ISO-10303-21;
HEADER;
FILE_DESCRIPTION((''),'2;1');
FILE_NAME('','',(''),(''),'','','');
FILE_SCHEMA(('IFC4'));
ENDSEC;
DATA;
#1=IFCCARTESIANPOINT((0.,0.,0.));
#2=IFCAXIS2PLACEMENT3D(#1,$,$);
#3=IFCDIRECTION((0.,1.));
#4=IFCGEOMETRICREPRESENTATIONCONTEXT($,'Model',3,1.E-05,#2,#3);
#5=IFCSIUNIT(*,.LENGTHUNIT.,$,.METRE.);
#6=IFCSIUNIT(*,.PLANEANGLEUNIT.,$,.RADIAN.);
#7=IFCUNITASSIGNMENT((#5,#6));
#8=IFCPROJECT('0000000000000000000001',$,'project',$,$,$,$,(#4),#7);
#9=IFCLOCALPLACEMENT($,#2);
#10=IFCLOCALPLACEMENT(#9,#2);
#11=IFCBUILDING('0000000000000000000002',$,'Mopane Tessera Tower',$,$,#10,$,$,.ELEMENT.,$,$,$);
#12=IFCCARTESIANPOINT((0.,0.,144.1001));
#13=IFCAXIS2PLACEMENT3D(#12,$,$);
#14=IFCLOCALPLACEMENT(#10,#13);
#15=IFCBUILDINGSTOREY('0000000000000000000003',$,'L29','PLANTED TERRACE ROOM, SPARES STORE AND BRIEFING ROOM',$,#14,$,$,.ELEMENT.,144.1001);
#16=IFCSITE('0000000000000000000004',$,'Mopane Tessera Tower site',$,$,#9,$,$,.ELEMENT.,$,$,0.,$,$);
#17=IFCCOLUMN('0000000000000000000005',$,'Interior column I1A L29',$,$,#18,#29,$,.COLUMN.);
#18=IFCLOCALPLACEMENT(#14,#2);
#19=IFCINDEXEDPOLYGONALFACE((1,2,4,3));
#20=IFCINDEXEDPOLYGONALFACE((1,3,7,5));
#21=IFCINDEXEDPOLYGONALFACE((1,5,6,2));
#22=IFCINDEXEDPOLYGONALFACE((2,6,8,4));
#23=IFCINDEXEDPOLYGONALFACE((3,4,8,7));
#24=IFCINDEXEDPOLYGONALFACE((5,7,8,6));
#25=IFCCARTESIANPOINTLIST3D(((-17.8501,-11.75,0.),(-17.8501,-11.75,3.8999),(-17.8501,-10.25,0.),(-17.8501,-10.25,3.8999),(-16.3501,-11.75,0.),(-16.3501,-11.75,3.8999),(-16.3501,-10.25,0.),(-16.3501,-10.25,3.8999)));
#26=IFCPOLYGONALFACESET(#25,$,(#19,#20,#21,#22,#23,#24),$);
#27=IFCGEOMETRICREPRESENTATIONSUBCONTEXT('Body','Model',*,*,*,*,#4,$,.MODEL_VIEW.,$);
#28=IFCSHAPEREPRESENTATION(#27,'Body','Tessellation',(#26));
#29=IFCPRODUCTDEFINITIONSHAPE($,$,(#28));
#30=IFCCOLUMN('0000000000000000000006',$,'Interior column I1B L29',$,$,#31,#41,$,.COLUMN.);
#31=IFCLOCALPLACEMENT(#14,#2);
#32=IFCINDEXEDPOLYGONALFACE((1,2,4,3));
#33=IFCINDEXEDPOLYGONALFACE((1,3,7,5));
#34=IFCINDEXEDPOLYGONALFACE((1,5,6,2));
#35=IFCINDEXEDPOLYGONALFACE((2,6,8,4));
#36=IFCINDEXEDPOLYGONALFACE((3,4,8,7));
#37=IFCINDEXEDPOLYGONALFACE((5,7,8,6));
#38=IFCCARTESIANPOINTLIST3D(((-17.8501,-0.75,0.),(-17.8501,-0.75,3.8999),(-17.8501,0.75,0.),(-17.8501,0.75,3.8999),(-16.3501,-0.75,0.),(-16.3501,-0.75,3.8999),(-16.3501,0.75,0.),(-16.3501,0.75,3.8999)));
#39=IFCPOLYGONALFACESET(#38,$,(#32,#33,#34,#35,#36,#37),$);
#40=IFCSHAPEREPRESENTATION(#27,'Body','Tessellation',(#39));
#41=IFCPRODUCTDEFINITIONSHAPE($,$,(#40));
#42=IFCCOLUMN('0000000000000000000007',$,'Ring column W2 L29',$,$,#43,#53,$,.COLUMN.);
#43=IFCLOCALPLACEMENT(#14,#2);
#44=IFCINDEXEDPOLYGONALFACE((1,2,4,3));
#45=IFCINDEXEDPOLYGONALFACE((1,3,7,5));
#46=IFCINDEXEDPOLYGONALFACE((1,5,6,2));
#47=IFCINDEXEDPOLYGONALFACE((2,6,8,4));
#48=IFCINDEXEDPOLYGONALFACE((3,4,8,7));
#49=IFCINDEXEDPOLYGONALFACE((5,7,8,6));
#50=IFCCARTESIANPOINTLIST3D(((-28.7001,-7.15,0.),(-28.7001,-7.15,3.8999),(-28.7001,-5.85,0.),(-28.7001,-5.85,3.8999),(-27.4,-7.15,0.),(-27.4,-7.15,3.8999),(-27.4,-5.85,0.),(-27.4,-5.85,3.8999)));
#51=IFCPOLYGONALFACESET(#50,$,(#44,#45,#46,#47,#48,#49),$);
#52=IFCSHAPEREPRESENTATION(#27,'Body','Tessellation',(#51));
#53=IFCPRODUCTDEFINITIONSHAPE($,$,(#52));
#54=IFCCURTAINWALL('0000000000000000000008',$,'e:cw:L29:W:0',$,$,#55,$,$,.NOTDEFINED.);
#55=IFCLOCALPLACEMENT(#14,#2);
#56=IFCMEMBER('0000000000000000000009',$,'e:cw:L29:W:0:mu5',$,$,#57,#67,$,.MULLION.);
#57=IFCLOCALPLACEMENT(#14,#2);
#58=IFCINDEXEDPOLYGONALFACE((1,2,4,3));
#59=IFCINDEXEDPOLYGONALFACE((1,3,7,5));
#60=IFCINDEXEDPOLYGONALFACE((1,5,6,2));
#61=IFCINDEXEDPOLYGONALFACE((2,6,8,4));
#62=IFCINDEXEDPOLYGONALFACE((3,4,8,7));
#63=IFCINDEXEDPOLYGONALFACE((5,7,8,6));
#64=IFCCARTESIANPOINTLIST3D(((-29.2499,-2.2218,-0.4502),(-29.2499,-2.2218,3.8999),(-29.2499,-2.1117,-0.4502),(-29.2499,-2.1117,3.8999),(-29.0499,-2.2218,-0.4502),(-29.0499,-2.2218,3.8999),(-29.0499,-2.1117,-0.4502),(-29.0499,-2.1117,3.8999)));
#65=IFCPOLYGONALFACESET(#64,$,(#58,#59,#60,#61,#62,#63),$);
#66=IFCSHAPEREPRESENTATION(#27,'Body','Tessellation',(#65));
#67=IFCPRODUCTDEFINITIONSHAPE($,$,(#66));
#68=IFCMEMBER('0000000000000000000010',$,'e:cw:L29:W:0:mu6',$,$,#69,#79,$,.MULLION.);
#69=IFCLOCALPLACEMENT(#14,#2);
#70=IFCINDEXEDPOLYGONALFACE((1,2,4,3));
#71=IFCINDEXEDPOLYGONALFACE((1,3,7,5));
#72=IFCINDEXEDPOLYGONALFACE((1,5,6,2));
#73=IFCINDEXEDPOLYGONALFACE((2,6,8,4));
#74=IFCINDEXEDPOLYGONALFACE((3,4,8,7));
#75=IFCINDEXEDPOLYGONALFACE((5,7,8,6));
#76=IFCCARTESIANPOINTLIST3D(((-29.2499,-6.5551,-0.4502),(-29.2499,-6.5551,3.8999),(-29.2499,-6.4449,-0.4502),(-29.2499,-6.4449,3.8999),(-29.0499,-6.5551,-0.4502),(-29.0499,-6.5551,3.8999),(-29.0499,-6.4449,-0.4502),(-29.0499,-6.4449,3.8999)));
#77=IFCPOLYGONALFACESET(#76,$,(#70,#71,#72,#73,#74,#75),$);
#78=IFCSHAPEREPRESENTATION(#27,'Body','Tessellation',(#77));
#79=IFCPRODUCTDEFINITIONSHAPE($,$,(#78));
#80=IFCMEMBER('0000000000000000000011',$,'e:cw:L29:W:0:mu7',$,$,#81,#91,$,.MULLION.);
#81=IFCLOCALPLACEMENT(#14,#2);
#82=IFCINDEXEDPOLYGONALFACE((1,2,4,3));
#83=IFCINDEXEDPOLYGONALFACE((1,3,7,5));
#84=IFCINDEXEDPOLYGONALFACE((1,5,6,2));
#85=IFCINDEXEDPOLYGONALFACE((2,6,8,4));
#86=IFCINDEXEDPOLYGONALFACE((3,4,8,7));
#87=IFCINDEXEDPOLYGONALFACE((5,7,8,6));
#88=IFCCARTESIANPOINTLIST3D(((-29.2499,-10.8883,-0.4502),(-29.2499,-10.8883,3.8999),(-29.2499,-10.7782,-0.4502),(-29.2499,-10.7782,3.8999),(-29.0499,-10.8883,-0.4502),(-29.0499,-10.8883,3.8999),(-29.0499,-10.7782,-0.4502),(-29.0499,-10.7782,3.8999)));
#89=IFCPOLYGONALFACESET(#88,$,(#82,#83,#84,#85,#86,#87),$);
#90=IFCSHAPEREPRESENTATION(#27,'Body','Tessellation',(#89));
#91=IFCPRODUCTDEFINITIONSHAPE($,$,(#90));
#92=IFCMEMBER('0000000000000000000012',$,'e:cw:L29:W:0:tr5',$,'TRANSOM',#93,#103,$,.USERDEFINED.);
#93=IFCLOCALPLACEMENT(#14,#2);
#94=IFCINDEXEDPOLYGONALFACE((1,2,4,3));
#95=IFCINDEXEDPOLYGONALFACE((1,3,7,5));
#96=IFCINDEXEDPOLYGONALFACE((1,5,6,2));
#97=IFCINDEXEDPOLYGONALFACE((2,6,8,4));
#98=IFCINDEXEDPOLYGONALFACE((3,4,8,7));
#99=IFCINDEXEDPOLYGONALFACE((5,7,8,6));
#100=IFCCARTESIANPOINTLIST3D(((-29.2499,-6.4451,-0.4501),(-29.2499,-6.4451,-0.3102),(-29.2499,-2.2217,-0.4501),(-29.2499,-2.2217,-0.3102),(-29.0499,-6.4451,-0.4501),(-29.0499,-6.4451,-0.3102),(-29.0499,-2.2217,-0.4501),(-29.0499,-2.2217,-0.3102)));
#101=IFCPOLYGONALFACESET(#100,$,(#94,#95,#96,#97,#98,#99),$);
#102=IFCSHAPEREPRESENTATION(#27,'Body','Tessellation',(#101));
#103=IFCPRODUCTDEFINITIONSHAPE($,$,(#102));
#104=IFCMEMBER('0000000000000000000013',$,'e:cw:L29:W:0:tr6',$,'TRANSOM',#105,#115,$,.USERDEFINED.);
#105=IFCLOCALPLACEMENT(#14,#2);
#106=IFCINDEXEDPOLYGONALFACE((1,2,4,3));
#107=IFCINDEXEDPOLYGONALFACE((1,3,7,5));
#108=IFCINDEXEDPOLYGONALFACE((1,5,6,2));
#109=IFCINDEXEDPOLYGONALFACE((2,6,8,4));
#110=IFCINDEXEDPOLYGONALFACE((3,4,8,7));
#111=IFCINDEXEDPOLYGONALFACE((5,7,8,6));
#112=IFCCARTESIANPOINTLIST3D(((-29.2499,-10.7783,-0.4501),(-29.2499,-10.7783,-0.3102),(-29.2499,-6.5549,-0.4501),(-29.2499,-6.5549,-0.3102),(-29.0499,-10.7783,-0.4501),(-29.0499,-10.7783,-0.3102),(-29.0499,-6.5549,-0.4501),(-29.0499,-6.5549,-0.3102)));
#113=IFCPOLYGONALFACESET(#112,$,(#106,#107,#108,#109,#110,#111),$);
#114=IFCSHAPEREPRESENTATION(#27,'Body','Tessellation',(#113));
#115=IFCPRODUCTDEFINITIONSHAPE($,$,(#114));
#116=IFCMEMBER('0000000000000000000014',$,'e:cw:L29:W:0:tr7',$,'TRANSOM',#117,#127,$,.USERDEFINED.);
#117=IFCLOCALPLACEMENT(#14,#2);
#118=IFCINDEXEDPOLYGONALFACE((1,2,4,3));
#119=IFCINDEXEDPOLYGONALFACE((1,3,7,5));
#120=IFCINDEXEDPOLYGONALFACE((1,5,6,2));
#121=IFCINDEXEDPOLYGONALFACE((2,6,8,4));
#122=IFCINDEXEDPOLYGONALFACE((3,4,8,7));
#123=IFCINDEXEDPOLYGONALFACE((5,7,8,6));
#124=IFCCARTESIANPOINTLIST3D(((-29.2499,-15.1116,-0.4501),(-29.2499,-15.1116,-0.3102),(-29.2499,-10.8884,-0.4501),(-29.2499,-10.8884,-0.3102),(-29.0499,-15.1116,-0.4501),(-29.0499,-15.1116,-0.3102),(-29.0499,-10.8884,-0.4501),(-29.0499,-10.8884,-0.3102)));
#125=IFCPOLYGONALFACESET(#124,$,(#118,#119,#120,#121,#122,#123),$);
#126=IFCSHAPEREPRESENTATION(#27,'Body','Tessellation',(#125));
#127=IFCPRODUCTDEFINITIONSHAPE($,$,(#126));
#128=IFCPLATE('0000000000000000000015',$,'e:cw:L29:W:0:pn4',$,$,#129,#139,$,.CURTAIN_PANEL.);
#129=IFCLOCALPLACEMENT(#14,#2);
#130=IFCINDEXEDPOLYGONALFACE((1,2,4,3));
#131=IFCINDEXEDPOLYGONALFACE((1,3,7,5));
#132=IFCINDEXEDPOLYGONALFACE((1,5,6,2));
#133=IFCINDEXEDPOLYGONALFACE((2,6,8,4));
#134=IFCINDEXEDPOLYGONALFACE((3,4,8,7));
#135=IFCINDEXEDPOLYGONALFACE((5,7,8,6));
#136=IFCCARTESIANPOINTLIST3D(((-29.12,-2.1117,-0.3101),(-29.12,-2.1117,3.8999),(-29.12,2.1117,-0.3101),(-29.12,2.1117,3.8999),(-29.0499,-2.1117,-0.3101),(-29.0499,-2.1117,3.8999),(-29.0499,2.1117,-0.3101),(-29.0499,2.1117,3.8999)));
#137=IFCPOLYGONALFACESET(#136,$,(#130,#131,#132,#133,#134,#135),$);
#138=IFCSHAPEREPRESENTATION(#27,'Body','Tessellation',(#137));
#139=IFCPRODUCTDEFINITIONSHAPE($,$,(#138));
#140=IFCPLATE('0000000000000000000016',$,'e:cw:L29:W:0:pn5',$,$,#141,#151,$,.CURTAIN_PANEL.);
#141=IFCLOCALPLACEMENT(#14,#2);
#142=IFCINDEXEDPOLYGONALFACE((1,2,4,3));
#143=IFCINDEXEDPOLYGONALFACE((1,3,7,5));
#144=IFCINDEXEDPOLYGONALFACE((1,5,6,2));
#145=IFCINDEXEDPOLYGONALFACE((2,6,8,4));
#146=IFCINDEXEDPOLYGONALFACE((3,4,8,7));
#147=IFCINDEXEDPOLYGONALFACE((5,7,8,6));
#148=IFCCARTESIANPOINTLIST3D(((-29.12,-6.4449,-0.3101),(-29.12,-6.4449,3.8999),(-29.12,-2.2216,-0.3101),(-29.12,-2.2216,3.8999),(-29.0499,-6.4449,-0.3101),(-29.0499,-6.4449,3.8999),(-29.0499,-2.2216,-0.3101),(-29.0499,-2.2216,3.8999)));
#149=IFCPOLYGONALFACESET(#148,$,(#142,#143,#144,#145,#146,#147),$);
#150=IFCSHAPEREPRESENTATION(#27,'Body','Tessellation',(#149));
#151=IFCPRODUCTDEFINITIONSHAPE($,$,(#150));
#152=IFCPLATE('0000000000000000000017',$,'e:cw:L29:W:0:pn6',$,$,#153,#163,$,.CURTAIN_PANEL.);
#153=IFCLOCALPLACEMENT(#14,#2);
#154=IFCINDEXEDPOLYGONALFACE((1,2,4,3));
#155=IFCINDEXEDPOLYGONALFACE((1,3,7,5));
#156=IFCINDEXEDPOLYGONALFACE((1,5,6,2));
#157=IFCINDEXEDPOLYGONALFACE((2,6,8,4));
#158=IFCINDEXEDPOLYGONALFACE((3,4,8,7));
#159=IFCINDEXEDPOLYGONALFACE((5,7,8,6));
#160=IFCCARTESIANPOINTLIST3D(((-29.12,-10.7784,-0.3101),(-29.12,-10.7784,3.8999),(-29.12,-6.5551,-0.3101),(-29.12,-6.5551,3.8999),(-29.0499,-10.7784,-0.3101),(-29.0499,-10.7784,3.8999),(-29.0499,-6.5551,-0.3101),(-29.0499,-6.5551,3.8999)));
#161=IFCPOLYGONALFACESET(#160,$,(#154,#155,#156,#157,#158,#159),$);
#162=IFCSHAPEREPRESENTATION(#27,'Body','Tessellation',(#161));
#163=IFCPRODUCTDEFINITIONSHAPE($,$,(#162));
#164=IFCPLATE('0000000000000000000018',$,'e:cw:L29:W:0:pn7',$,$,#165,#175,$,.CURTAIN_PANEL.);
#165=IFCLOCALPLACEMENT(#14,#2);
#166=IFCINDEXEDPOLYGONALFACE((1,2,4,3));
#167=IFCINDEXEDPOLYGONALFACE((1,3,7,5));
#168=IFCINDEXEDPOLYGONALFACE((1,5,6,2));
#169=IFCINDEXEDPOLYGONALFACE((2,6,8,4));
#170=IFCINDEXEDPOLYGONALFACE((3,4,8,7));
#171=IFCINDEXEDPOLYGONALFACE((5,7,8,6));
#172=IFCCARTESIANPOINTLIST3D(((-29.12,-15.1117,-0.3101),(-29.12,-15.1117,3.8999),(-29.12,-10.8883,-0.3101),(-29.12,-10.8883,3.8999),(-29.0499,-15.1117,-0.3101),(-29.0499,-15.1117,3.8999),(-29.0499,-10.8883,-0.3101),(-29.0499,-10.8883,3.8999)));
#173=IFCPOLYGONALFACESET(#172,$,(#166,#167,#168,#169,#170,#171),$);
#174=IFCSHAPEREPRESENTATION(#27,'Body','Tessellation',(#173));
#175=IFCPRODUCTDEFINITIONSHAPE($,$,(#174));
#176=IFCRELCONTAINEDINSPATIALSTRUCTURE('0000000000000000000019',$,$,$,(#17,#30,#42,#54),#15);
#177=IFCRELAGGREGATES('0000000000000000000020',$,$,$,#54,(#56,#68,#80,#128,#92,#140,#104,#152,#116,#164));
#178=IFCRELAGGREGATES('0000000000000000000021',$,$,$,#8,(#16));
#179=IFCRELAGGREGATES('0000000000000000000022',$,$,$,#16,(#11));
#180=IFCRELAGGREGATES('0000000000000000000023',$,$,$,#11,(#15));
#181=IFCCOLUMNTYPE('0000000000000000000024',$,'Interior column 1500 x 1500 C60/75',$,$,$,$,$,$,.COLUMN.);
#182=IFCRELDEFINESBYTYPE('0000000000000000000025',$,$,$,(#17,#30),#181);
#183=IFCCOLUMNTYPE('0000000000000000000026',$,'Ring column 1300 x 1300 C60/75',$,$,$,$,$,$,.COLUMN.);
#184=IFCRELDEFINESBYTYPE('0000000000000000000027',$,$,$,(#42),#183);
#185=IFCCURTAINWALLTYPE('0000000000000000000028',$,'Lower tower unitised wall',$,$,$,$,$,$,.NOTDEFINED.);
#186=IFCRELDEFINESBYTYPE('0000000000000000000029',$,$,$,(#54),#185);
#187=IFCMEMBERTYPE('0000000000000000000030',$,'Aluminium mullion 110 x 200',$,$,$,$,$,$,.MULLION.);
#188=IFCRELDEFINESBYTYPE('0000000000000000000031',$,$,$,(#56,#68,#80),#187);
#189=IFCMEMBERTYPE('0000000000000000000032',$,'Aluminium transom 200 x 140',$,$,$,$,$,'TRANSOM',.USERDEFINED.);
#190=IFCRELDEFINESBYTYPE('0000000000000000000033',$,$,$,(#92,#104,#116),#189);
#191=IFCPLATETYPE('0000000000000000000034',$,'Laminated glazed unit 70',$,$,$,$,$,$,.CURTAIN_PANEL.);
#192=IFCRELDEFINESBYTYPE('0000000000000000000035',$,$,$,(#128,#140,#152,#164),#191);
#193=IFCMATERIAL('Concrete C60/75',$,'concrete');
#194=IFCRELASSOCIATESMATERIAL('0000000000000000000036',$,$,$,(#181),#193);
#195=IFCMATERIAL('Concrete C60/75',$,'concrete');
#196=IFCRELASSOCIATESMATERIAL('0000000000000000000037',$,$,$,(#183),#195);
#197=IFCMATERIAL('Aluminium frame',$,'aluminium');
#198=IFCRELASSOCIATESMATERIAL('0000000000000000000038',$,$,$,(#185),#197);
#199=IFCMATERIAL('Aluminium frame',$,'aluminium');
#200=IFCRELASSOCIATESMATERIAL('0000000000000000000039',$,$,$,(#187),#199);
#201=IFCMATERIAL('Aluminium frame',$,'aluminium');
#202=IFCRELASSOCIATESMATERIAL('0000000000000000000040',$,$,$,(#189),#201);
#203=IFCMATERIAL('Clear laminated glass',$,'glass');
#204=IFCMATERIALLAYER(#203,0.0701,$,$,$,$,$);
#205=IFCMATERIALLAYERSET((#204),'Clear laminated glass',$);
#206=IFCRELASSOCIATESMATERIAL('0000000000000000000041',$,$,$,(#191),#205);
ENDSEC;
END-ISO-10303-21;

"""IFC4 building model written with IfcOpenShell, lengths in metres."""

from ifc_helpers import new_model, si_unit, direction, frame, origin, origin_2d, place, context, subcontext, project, spatial, rectangle, extrude, material, layer, layer_set, material_profile, profile_set, type_object, element, aggregate, save


model = new_model("IFC4")

# Units and contexts
model_context = context("Model", 3, precision=1e-05, world=origin(), true_north=direction((0.0, 1.0)))
body_context = subcontext(model_context, "Body", "Model", "MODEL_VIEW")
ifc_project = project(units=[si_unit("LENGTHUNIT", "METRE"), si_unit("PLANEANGLEUNIT", "RADIAN")], contexts=[model_context])

# Site, building, storey
site_placement = place(None, origin())
site = spatial("IfcSite", under=ifc_project, at=site_placement, Name="Mopane Tessera Tower site", CompositionType="ELEMENT", RefElevation=0.0)
building_placement = place(site_placement, origin())
building = spatial("IfcBuilding", under=site, at=building_placement, Name="Mopane Tessera Tower", CompositionType="ELEMENT")
storey_placement = place(building_placement, frame((0.0, 0.0, 144.1001)))
storey = spatial("IfcBuildingStorey", under=building, at=storey_placement, Name="L29", Description="PLANTED TERRACE ROOM, SPARES STORE AND BRIEFING ROOM", CompositionType="ELEMENT", Elevation=144.1001)

# Columns
ifc_material_1 = material(Name="Concrete C60/75", Category="concrete")
ifc_material_profile_1 = material_profile(ifc_material_1, rectangle(XDim=1.5, YDim=1.5, at=origin_2d()))
ifc_profile_set_1 = profile_set([ifc_material_profile_1], Name="Concrete C60/75")
column_type_1 = type_object("IfcColumnType", Name="Interior column 1500 x 1500 C60/75", PredefinedType="COLUMN", material=ifc_profile_set_1)
for number, where, z_axis, x_axis, name in (
    (1, (-17.1001, -11.0, 0.0), (0.0, 0.0, 1.0), (1.0, 0.0, 0.0), "Interior column I1A L29"),
    (2, (-17.1001, 0.0, 0.0), (0.0, 0.0, 1.0), (1.0, 0.0, 0.0), "Interior column I1B L29"),
):
    element("IfcColumn", number, at=place(storey_placement, frame(where, z_axis=z_axis, x_axis=x_axis)), inside=storey, type_object=column_type_1, Name=name, PredefinedType="COLUMN", context=body_context, shape_type="SweptSolid", body=[
        extrude(rectangle(XDim=1.5, YDim=1.5, at=origin_2d()), origin(), (0.0, 0.0, 1.0), 3.8999),
    ])
ifc_material_2 = material(Name="Concrete C60/75", Category="concrete")
ifc_material_profile_2 = material_profile(ifc_material_2, rectangle(XDim=1.3, YDim=1.3, at=origin_2d()))
ifc_profile_set_2 = profile_set([ifc_material_profile_2], Name="Concrete C60/75")
column_type_2 = type_object("IfcColumnType", Name="Ring column 1300 x 1300 C60/75", PredefinedType="COLUMN", material=ifc_profile_set_2)
column_placement = place(storey_placement, frame((-28.05, -6.5, 0.0), z_axis=(0.0, 0.0, 1.0), x_axis=(1.0, 0.0, 0.0)))
element("IfcColumn", 3, at=column_placement, inside=storey, type_object=column_type_2, Name="Ring column W2 L29", PredefinedType="COLUMN", context=body_context, shape_type="SweptSolid", body=[
    extrude(rectangle(XDim=1.3, YDim=1.3, at=origin_2d()), origin(), (0.0, 0.0, 1.0), 3.8999),
])

# Curtain wall, members, plates
ifc_material_3 = material(Name="Aluminium frame", Category="aluminium")
curtain_wall_type = type_object("IfcCurtainWallType", Name="Lower tower unitised wall", PredefinedType="NOTDEFINED", material=ifc_material_3)
curtain_wall_placement = place(storey_placement, origin())
curtain_wall = element("IfcCurtainWall", 4, at=curtain_wall_placement, inside=storey, type_object=curtain_wall_type, Name="e:cw:L29:W:0", PredefinedType="NOTDEFINED")
ifc_material_4 = material(Name="Aluminium frame", Category="aluminium")
ifc_material_profile_3 = material_profile(ifc_material_4, rectangle(XDim=0.1101, YDim=0.2, at=origin_2d()))
ifc_profile_set_3 = profile_set([ifc_material_profile_3], Name="Aluminium frame")
member_type_1 = type_object("IfcMemberType", Name="Aluminium mullion 110 x 200", PredefinedType="MULLION", material=ifc_profile_set_3)
member_1_placement = place(storey_placement, frame((-29.1499, -2.1667, -0.4502), z_axis=(0.0, 0.0, 1.0), x_axis=(0.0, -1.0, 0.0)))
member_1 = element("IfcMember", 5, at=member_1_placement, type_object=member_type_1, Name="e:cw:L29:W:0:mu5", PredefinedType="MULLION", context=body_context, shape_type="SweptSolid", body=[
    extrude(rectangle(XDim=0.1101, YDim=0.2, at=origin_2d()), origin(), (0.0, 0.0, 1.0), 4.3501),
])
member_2_placement = place(storey_placement, frame((-29.1499, -6.5, -0.4502), z_axis=(0.0, 0.0, 1.0), x_axis=(0.0, -1.0, 0.0)))
member_2 = element("IfcMember", 6, at=member_2_placement, type_object=member_type_1, Name="e:cw:L29:W:0:mu6", PredefinedType="MULLION", context=body_context, shape_type="SweptSolid", body=[
    extrude(rectangle(XDim=0.1101, YDim=0.2, at=origin_2d()), origin(), (0.0, 0.0, 1.0), 4.3501),
])
member_3_placement = place(storey_placement, frame((-29.1499, -10.8333, -0.4502), z_axis=(0.0, 0.0, 1.0), x_axis=(0.0, -1.0, 0.0)))
member_3 = element("IfcMember", 7, at=member_3_placement, type_object=member_type_1, Name="e:cw:L29:W:0:mu7", PredefinedType="MULLION", context=body_context, shape_type="SweptSolid", body=[
    extrude(rectangle(XDim=0.1101, YDim=0.2, at=origin_2d()), origin(), (0.0, 0.0, 1.0), 4.3501),
])
ifc_material_5 = material(Name="Aluminium frame", Category="aluminium")
ifc_material_profile_4 = material_profile(ifc_material_5, rectangle(XDim=0.2, YDim=0.1399, at=origin_2d()))
ifc_profile_set_4 = profile_set([ifc_material_profile_4], Name="Aluminium frame")
member_type_2 = type_object("IfcMemberType", Name="Aluminium transom 200 x 140", ElementType="TRANSOM", PredefinedType="USERDEFINED", material=ifc_profile_set_4)
member_4_placement = place(storey_placement, frame((-29.1499, -2.2217, -0.3801), z_axis=(0.0, -1.0, 0.0), x_axis=(1.0, 0.0, 0.0)))
member_4 = element("IfcMember", 8, at=member_4_placement, type_object=member_type_2, Name="e:cw:L29:W:0:tr5", ObjectType="TRANSOM", PredefinedType="USERDEFINED", context=body_context, shape_type="SweptSolid", body=[
    extrude(rectangle(XDim=0.2, YDim=0.1399, at=origin_2d()), origin(), (0.0, 0.0, 1.0), 4.2234),
])
member_5_placement = place(storey_placement, frame((-29.1499, -6.5549, -0.3801), z_axis=(0.0, -1.0, 0.0), x_axis=(1.0, 0.0, 0.0)))
member_5 = element("IfcMember", 9, at=member_5_placement, type_object=member_type_2, Name="e:cw:L29:W:0:tr6", ObjectType="TRANSOM", PredefinedType="USERDEFINED", context=body_context, shape_type="SweptSolid", body=[
    extrude(rectangle(XDim=0.2, YDim=0.1399, at=origin_2d()), origin(), (0.0, 0.0, 1.0), 4.2234),
])
member_6_placement = place(storey_placement, frame((-29.1499, -10.8884, -0.3801), z_axis=(0.0, -1.0, 0.0), x_axis=(1.0, 0.0, 0.0)))
member_6 = element("IfcMember", 10, at=member_6_placement, type_object=member_type_2, Name="e:cw:L29:W:0:tr7", ObjectType="TRANSOM", PredefinedType="USERDEFINED", context=body_context, shape_type="SweptSolid", body=[
    extrude(rectangle(XDim=0.2, YDim=0.1399, at=origin_2d()), origin(), (0.0, 0.0, 1.0), 4.2231),
])
ifc_material_6 = material(Name="Clear laminated glass", Category="glass")
ifc_layer_1 = layer(ifc_material_6, 0.0701)
ifc_layer_set_1 = layer_set([ifc_layer_1], Name="Clear laminated glass")
plate_type = type_object("IfcPlateType", Name="Laminated glazed unit 70", PredefinedType="CURTAIN_PANEL", material=ifc_layer_set_1)
plate_1_placement = place(storey_placement, frame((-29.085, 0.0, -0.3101), z_axis=(0.0, 0.0, 1.0), x_axis=(0.0, -1.0, 0.0)))
plate_1 = element("IfcPlate", 11, at=plate_1_placement, type_object=plate_type, Name="e:cw:L29:W:0:pn4", PredefinedType="CURTAIN_PANEL", context=body_context, shape_type="SweptSolid", body=[
    extrude(rectangle(XDim=4.2234, YDim=0.0701, at=origin_2d()), origin(), (0.0, 0.0, 1.0), 4.21),
])
plate_2_placement = place(storey_placement, frame((-29.085, -4.3333, -0.3101), z_axis=(0.0, 0.0, 1.0), x_axis=(0.0, -1.0, 0.0)))
plate_2 = element("IfcPlate", 12, at=plate_2_placement, type_object=plate_type, Name="e:cw:L29:W:0:pn5", PredefinedType="CURTAIN_PANEL", context=body_context, shape_type="SweptSolid", body=[
    extrude(rectangle(XDim=4.2234, YDim=0.0701, at=origin_2d()), origin(), (0.0, 0.0, 1.0), 4.21),
])
plate_3_placement = place(storey_placement, frame((-29.085, -8.6667, -0.3101), z_axis=(0.0, 0.0, 1.0), x_axis=(0.0, -1.0, 0.0)))
plate_3 = element("IfcPlate", 13, at=plate_3_placement, type_object=plate_type, Name="e:cw:L29:W:0:pn6", PredefinedType="CURTAIN_PANEL", context=body_context, shape_type="SweptSolid", body=[
    extrude(rectangle(XDim=4.2234, YDim=0.0701, at=origin_2d()), origin(), (0.0, 0.0, 1.0), 4.21),
])
plate_4_placement = place(storey_placement, frame((-29.085, -13.0, -0.3101), z_axis=(0.0, 0.0, 1.0), x_axis=(0.0, -1.0, 0.0)))
plate_4 = element("IfcPlate", 14, at=plate_4_placement, type_object=plate_type, Name="e:cw:L29:W:0:pn7", PredefinedType="CURTAIN_PANEL", context=body_context, shape_type="SweptSolid", body=[
    extrude(rectangle(XDim=4.2234, YDim=0.0701, at=origin_2d()), origin(), (0.0, 0.0, 1.0), 4.21),
])
aggregate(curtain_wall, [member_1, member_2, member_3, plate_1, member_4, plate_2, member_5, plate_3, member_6, plate_4])

save(model, "model.ifc")
